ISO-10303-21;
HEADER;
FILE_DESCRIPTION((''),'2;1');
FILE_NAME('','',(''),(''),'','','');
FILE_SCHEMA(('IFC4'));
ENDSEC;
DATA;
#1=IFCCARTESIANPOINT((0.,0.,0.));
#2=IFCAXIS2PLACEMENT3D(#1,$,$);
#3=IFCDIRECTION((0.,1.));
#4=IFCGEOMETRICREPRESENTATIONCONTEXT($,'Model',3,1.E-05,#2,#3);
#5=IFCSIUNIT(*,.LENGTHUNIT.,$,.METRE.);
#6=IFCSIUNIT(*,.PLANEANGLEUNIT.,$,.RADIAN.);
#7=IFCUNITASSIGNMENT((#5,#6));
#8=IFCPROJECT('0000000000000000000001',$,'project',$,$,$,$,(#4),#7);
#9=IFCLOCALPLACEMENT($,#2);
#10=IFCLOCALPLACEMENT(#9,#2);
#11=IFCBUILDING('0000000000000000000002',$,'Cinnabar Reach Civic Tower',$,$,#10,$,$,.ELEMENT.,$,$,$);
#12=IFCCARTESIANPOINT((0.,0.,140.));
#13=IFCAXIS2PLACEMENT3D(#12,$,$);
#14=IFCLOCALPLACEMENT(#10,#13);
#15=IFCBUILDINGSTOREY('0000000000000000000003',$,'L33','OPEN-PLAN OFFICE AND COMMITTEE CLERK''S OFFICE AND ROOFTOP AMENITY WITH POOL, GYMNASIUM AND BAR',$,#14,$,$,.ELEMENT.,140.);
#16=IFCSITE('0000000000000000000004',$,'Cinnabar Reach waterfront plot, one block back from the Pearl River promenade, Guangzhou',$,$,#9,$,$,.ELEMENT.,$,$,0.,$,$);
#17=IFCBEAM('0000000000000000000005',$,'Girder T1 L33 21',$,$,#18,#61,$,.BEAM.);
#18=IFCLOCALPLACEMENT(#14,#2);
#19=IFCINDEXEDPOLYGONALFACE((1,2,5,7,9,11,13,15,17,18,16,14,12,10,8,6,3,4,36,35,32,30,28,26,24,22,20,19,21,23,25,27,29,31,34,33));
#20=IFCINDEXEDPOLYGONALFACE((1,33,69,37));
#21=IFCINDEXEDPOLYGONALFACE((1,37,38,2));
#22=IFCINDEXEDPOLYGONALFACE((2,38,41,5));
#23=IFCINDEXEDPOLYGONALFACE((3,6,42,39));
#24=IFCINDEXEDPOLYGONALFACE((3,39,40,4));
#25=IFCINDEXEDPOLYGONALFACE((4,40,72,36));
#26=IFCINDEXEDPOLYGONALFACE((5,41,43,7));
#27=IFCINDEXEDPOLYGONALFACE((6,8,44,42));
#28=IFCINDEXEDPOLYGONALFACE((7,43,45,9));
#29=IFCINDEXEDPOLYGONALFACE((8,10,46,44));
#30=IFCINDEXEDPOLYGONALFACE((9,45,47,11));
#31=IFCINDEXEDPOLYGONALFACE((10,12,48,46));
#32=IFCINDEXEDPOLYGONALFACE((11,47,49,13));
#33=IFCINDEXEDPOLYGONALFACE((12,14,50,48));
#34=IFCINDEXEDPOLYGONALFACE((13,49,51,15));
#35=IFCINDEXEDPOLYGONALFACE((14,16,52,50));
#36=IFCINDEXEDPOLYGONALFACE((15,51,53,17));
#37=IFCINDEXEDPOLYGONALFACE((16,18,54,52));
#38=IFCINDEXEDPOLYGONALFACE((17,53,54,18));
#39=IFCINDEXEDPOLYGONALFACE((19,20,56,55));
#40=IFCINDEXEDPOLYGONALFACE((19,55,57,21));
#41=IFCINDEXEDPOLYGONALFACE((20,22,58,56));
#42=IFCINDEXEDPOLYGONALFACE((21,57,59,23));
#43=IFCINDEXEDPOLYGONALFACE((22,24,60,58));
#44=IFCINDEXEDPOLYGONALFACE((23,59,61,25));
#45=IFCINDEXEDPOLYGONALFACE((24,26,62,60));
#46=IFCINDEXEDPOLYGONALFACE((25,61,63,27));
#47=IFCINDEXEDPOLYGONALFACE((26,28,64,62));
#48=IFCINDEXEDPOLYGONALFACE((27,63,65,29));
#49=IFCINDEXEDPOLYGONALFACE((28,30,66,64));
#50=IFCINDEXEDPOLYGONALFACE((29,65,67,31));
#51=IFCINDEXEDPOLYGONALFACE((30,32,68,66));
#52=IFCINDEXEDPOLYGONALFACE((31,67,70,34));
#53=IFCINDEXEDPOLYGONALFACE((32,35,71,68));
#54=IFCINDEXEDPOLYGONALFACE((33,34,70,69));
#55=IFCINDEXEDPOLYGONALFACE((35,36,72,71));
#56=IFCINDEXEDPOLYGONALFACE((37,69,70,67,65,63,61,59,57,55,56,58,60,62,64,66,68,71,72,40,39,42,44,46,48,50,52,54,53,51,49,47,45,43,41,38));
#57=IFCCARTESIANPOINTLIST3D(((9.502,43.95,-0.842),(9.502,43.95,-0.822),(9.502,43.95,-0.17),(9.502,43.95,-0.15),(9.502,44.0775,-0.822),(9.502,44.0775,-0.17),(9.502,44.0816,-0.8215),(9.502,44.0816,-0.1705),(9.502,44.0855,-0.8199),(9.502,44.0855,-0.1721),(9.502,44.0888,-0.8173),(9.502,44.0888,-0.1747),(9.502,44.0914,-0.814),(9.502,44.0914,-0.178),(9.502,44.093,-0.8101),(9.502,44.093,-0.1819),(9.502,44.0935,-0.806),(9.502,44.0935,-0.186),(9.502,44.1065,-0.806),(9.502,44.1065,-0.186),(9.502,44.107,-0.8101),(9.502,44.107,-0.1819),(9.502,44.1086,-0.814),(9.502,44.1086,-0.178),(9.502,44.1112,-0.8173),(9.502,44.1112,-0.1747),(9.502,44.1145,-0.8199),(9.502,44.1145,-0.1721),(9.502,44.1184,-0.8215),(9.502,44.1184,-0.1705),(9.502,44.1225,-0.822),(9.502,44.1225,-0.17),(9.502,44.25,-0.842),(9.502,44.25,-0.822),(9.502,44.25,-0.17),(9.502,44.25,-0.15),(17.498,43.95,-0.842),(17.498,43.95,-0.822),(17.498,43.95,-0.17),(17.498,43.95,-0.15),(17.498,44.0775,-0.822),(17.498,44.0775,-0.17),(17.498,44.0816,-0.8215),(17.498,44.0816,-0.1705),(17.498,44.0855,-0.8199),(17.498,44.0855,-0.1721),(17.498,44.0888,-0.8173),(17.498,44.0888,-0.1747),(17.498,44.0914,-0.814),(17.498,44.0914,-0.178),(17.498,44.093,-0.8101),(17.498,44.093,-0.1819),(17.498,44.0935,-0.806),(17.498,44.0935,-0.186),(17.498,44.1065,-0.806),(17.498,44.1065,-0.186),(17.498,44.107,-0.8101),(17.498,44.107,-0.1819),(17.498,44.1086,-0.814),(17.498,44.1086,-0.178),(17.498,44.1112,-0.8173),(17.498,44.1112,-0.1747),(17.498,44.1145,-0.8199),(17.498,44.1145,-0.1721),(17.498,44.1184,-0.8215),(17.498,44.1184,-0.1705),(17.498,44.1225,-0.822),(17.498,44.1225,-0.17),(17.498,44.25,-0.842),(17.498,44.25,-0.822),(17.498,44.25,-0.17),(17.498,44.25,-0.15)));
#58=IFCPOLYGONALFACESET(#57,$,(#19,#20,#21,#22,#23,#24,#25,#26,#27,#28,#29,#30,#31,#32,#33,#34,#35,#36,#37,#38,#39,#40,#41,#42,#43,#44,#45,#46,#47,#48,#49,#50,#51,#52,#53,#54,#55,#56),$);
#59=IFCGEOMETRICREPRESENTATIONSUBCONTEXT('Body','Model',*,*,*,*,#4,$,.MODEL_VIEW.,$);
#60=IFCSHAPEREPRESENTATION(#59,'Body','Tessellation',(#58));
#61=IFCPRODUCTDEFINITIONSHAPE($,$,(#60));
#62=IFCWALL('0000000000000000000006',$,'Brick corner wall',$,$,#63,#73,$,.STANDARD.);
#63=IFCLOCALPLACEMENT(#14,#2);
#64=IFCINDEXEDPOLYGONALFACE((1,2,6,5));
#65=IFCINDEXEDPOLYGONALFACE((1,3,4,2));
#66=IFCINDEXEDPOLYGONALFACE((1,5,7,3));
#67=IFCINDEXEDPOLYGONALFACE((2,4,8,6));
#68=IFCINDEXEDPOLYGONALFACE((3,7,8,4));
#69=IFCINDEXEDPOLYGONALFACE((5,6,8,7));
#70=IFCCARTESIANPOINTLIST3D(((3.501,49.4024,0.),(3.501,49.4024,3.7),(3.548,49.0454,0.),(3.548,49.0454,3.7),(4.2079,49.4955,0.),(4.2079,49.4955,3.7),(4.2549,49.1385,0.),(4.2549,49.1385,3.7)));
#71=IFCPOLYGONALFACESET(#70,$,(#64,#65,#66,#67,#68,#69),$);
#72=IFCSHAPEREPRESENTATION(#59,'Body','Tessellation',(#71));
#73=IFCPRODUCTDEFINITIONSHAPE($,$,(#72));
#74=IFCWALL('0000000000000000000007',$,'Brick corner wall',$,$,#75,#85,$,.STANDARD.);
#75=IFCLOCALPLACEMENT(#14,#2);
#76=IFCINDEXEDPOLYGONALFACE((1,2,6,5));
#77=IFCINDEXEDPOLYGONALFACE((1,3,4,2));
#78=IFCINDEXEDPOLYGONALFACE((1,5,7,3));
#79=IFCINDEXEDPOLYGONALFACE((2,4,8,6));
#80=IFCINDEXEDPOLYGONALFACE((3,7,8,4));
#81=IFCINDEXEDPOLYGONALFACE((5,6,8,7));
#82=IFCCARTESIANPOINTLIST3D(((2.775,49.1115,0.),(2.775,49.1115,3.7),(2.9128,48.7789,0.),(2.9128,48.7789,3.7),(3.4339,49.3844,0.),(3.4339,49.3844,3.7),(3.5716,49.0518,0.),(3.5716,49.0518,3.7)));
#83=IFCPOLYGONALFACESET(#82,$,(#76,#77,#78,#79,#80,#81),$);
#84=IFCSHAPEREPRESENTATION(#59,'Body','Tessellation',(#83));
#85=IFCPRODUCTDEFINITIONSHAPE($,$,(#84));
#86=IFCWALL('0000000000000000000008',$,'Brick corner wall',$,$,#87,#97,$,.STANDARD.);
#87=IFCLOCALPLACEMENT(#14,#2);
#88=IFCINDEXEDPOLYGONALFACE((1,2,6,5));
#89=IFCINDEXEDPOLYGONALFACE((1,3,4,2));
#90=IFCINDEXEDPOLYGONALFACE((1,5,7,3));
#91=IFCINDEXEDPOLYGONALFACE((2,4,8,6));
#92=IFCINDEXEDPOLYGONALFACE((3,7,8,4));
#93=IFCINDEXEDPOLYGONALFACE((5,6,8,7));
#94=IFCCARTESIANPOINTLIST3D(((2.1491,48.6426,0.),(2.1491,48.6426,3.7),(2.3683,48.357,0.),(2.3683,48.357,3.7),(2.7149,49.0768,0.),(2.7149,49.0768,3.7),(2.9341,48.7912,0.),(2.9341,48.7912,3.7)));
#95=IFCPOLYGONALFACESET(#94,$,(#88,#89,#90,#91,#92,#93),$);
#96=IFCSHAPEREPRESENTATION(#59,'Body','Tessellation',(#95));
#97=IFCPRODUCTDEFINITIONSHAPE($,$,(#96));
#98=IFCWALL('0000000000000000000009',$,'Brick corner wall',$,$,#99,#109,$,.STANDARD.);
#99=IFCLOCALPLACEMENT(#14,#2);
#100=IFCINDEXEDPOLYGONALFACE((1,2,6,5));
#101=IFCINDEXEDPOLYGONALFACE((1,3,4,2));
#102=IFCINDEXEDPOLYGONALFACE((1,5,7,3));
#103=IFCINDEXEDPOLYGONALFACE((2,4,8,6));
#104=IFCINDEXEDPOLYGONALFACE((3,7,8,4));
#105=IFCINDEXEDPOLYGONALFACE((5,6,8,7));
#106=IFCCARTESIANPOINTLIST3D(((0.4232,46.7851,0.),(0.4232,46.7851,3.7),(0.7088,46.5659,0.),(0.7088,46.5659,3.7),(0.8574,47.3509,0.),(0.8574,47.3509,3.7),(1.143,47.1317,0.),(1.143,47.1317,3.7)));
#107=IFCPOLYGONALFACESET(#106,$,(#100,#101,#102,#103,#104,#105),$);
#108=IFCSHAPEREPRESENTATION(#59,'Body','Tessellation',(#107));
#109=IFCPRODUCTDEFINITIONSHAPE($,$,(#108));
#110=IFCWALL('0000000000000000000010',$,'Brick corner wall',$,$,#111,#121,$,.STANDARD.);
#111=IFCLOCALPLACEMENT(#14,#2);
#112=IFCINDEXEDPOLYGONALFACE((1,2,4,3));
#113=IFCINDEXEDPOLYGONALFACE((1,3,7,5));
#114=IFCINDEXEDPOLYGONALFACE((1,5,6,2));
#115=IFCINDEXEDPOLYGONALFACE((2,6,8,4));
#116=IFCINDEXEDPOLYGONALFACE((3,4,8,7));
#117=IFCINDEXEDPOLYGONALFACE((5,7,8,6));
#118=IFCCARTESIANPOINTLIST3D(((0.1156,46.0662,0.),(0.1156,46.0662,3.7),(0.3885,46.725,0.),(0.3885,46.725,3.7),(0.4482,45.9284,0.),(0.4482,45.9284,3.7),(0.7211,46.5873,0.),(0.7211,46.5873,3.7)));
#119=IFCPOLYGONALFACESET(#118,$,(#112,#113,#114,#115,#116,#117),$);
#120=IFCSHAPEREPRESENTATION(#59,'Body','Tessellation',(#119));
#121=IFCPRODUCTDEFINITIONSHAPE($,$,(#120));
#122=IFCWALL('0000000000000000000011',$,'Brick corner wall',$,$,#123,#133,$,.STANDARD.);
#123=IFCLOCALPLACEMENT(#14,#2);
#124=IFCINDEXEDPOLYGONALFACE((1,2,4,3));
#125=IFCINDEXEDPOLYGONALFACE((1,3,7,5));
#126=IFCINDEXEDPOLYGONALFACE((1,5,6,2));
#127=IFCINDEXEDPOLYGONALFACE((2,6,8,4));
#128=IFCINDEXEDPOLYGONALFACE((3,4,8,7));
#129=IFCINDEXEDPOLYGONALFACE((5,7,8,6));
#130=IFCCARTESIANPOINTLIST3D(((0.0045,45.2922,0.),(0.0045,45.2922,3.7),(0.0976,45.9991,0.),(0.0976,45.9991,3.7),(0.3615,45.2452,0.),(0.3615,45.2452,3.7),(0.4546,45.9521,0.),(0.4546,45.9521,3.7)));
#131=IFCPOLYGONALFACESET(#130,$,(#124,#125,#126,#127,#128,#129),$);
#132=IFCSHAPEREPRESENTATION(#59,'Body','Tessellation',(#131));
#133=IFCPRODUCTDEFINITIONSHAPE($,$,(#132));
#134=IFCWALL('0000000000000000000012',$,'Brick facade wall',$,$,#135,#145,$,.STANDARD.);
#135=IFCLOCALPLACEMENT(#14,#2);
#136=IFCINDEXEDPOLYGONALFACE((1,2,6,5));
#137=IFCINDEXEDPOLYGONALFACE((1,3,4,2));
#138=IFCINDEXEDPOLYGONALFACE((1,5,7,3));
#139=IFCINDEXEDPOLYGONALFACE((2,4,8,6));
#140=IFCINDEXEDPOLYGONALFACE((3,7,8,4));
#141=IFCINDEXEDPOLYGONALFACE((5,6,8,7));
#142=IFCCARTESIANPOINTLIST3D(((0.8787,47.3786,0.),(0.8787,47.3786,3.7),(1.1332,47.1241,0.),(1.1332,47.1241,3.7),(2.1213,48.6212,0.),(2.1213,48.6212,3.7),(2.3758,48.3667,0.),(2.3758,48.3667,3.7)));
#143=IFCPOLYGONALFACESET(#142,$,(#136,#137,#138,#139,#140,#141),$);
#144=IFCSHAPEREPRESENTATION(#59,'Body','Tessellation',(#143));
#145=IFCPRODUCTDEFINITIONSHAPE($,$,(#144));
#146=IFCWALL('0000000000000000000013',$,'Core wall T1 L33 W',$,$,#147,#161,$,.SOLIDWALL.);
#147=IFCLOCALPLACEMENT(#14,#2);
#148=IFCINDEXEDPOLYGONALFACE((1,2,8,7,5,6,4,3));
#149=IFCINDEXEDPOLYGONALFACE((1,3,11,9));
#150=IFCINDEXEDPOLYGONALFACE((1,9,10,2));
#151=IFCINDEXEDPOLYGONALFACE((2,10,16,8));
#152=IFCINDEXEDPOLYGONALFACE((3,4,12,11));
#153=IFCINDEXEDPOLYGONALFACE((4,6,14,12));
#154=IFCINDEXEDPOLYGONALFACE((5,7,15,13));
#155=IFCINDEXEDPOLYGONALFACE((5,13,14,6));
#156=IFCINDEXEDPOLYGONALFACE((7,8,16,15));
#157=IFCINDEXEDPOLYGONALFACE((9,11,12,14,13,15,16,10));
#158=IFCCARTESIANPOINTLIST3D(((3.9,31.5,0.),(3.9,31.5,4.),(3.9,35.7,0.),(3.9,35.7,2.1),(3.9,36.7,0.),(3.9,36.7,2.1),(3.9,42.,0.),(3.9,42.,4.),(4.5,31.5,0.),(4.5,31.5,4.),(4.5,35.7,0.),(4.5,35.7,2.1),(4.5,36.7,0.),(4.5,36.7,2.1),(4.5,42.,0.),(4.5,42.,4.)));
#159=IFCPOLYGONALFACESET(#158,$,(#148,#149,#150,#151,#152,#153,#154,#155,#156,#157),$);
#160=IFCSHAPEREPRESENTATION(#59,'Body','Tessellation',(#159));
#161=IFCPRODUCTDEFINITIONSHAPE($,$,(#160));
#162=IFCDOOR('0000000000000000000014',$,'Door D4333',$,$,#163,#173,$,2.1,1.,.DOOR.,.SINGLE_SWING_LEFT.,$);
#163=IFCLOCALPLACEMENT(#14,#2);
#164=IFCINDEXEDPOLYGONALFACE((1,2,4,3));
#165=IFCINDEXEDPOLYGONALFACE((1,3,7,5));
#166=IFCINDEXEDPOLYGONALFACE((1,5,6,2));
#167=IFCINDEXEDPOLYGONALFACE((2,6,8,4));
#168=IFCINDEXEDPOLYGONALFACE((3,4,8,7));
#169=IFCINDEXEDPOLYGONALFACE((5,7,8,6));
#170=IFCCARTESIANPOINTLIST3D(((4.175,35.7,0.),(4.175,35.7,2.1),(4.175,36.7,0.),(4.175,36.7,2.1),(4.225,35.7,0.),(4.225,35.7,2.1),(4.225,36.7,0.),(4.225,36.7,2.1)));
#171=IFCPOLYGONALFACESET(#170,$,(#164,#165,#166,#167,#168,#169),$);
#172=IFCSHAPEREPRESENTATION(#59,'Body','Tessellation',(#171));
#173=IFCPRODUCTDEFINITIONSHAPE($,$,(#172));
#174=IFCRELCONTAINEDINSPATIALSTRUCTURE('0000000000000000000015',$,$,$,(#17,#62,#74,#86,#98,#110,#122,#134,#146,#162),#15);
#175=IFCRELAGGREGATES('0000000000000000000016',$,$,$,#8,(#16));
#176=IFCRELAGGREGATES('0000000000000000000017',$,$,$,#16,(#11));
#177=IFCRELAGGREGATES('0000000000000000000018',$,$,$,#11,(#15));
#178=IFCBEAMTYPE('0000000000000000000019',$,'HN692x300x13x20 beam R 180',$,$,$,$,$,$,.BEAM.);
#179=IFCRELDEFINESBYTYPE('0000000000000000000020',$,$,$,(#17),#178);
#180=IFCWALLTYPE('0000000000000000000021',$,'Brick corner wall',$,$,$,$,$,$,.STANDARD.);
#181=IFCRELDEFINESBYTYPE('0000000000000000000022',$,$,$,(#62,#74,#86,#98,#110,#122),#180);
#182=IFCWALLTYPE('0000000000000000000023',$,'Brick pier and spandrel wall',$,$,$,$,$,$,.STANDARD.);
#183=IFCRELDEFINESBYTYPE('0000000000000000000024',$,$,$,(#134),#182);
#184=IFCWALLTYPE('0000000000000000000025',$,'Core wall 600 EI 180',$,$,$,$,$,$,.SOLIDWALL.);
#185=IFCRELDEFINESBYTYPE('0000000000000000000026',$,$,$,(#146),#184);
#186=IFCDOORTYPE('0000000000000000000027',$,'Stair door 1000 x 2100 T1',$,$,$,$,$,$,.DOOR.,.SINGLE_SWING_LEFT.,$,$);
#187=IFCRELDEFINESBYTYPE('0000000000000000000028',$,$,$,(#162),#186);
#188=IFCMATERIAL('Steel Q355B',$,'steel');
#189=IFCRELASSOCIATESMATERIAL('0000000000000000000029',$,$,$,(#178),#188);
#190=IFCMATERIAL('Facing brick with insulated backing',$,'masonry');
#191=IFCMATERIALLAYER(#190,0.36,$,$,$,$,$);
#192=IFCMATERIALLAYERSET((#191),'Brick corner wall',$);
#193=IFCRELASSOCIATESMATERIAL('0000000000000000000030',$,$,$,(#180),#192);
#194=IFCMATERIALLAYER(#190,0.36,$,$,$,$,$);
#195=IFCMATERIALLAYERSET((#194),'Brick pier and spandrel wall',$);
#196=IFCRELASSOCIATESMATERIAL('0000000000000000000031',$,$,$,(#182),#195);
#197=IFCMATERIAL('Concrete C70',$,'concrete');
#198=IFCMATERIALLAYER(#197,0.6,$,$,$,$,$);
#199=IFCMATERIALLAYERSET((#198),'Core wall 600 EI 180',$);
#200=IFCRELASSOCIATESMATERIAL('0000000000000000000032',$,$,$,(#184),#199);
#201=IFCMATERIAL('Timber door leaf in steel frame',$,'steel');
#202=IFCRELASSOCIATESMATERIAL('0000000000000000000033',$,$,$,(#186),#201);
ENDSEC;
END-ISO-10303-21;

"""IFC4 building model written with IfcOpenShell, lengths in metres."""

from ifc_helpers import new_model, si_unit, direction, frame, frame_2d, origin, origin_2d, place, context, subcontext, project, spatial, rectangle, i_section, extrude, material, layer, layer_set, material_profile, profile_set, type_object, element, fill, save


model = new_model("IFC4")

# Units and contexts
model_context = context("Model", 3, precision=1e-05, world=origin(), true_north=direction((0.0, 1.0)))
body_context = subcontext(model_context, "Body", "Model", "MODEL_VIEW")
ifc_project = project(units=[si_unit("LENGTHUNIT", "METRE"), si_unit("PLANEANGLEUNIT", "RADIAN")], contexts=[model_context])

# Site, building, storey
site_placement = place(None, origin())
site = spatial("IfcSite", under=ifc_project, at=site_placement, Name="Cinnabar Reach waterfront plot, one block back from the Pearl River promenade, Guangzhou", CompositionType="ELEMENT", RefElevation=0.0)
building_placement = place(site_placement, origin())
building = spatial("IfcBuilding", under=site, at=building_placement, Name="Cinnabar Reach Civic Tower", CompositionType="ELEMENT")
storey_placement = place(building_placement, frame((0.0, 0.0, 140.0)))
storey = spatial("IfcBuildingStorey", under=building, at=storey_placement, Name="L33", Description="OPEN-PLAN OFFICE AND COMMITTEE CLERK'S OFFICE AND ROOFTOP AMENITY WITH POOL, GYMNASIUM AND BAR", CompositionType="ELEMENT", Elevation=140.0)

# Shared definitions
ifc_material_1 = material(Name="Concrete C70", Category="concrete")

# Beam
ifc_material_2 = material(Name="Steel Q355B", Category="steel")
ifc_material_profile_1 = material_profile(ifc_material_2, i_section(OverallWidth=0.3, OverallDepth=0.692, WebThickness=0.013, FlangeThickness=0.02, FilletRadius=0.016, at=origin_2d()), Name="HN692x300x13x20")
ifc_profile_set_1 = profile_set([ifc_material_profile_1], Name="Steel Q355B")
beam_type_1 = type_object("IfcBeamType", Name="HN692x300x13x20 beam R 180", PredefinedType="BEAM", material=ifc_profile_set_1)
beam_1_placement = place(storey_placement, frame((9.502, 44.1, -0.496), z_axis=(1.0, 0.0, 0.0), x_axis=(0.0, 1.0, 0.0)))
element("IfcBeam", 1, at=beam_1_placement, inside=storey, type_object=beam_type_1, Name="Girder T1 L33 21", PredefinedType="BEAM", context=body_context, shape_type="SweptSolid", body=[
    extrude(i_section(OverallWidth=0.3, OverallDepth=0.692, WebThickness=0.013, FlangeThickness=0.02, FilletRadius=0.016, at=origin_2d()), origin(), (0.0, 0.0, 1.0), 7.996),
])

# Walls
ifc_material_3 = material(Name="Facing brick with insulated backing", Category="masonry")
ifc_layer_1 = layer(ifc_material_3, 0.36)
ifc_layer_set_1 = layer_set([ifc_layer_1], Name="Brick corner wall")
wall_type_1 = type_object("IfcWallType", Name="Brick corner wall", PredefinedType="STANDARD", material=ifc_layer_set_1)
for number, where, z_axis, x_axis, name in (
    (2, (4.2314, 49.317, 0.0), (0.0, 0.0, 1.0), (-0.991441, -0.130556, 0.0), "Brick corner wall"),
    (3, (3.5027, 49.2181, 0.0), (0.0, 0.0, 1.0), (-0.923872, -0.382703, 0.0), "Brick corner wall"),
):
    element("IfcWall", number, at=place(storey_placement, frame(where, z_axis=z_axis, x_axis=x_axis)), inside=storey, type_object=wall_type_1, Name=name, PredefinedType="STANDARD", context=body_context, shape_type="SweptSolid", body=[
        extrude(rectangle(XDim=0.7131, YDim=0.36, at=frame_2d((0.3565, 0.0))), origin(), (0.0, 0.0, 1.0), 3.7),
    ])
for number, where, z_axis, x_axis, name in (
    (4, (2.8245, 48.934, 0.0), (0.0, 0.0, 1.0), (-0.793322, -0.608802, 0.0), "Brick corner wall"),
    (5, (1.0002, 47.2413, 0.0), (0.0, 0.0, 1.0), (-0.608802, -0.793322, 0.0), "Brick corner wall"),
):
    element("IfcWall", number, at=place(storey_placement, frame(where, z_axis=z_axis, x_axis=x_axis)), inside=storey, type_object=wall_type_1, Name=name, PredefinedType="STANDARD", context=body_context, shape_type="SweptSolid", body=[
        extrude(rectangle(XDim=0.7132, YDim=0.36, at=frame_2d((0.3566, 0.0))), origin(), (0.0, 0.0, 1.0), 3.7),
    ])
for number, where, z_axis, x_axis, name in (
    (6, (0.5548, 46.6561, 0.0), (0.0, 0.0, 1.0), (-0.382703, -0.923872, 0.0), "Brick corner wall"),
    (7, (0.2761, 45.9756, 0.0), (0.0, 0.0, 1.0), (-0.130556, -0.991441, 0.0), "Brick corner wall"),
):
    element("IfcWall", number, at=place(storey_placement, frame(where, z_axis=z_axis, x_axis=x_axis)), inside=storey, type_object=wall_type_1, Name=name, PredefinedType="STANDARD", context=body_context, shape_type="SweptSolid", body=[
        extrude(rectangle(XDim=0.7131, YDim=0.36, at=frame_2d((0.3565, 0.0))), origin(), (0.0, 0.0, 1.0), 3.7),
    ])
ifc_layer_2 = layer(ifc_material_3, 0.36)
ifc_layer_set_2 = layer_set([ifc_layer_2], Name="Brick pier and spandrel wall")
wall_type_2 = type_object("IfcWallType", Name="Brick pier and spandrel wall", PredefinedType="STANDARD", material=ifc_layer_set_2)
wall_1_placement = place(storey_placement, frame((2.2486, 48.494, 0.0), z_axis=(0.0, 0.0, 1.0), x_axis=(-0.707107, -0.707107, 0.0)))
element("IfcWall", 8, at=wall_1_placement, inside=storey, type_object=wall_type_2, Name="Brick facade wall", PredefinedType="STANDARD", context=body_context, shape_type="SweptSolid", body=[
    extrude(rectangle(XDim=1.7573, YDim=0.36, at=frame_2d((0.8787, 0.0))), origin(), (0.0, 0.0, 1.0), 3.7),
])

# Wall, opening, door
ifc_layer_3 = layer(ifc_material_1, 0.6)
ifc_layer_set_3 = layer_set([ifc_layer_3], Name="Core wall 600 EI 180")
wall_type_3 = type_object("IfcWallType", Name="Core wall 600 EI 180", PredefinedType="SOLIDWALL", material=ifc_layer_set_3)
wall_2_placement = place(storey_placement, frame((4.2, 42.0, 0.0), z_axis=(0.0, 0.0, 1.0), x_axis=(0.0, -1.0, 0.0)))
wall_2 = element("IfcWall", 9, at=wall_2_placement, inside=storey, type_object=wall_type_3, Name="Core wall T1 L33 W", PredefinedType="SOLIDWALL", context=body_context, shape_type="SweptSolid", body=[
    extrude(rectangle(XDim=10.5, YDim=0.6, at=frame_2d((5.25, 0.0))), origin(), (0.0, 0.0, 1.0), 4.0),
])
opening_1_placement = place(wall_2_placement, frame((5.3, 0.0, 0.0)))
opening_1 = element("IfcOpeningElement", 10, at=opening_1_placement, cuts=wall_2, PredefinedType="OPENING", context=body_context, shape_type="SweptSolid", body=[
    extrude(rectangle(XDim=1.0, YDim=2.1, at=frame_2d((0.5, 1.05))), frame((0.0, 0.31, 0.0), z_axis=(0.0, -1.0, 0.0), x_axis=(1.0, 0.0, 0.0)), (0.0, 0.0, 1.0), 0.62),
])
ifc_material_4 = material(Name="Timber door leaf in steel frame", Category="steel")
door_type_1 = type_object("IfcDoorType", Name="Stair door 1000 x 2100 T1", OperationType="SINGLE_SWING_LEFT", PredefinedType="DOOR", material=ifc_material_4)
door_1_placement = place(opening_1_placement, frame((1.0, 0.0, 0.0), z_axis=(0.0, 0.0, 1.0), x_axis=(-1.0, 0.0, 0.0)))
door_1 = element("IfcDoor", 11, at=door_1_placement, inside=storey, type_object=door_type_1, Name="Door D4333", OperationType="SINGLE_SWING_LEFT", OverallHeight=2.1, OverallWidth=1.0, PredefinedType="DOOR", context=body_context, shape_type="SweptSolid", body=[
    extrude(rectangle(XDim=1.0, YDim=2.1, at=frame_2d((0.5, 1.05))), frame((0.0, 0.025, 0.0), z_axis=(0.0, -1.0, 0.0), x_axis=(1.0, 0.0, 0.0)), (0.0, 0.0, 1.0), 0.05),
])
fill(opening_1, door_1)

save(model, "model.ifc")
